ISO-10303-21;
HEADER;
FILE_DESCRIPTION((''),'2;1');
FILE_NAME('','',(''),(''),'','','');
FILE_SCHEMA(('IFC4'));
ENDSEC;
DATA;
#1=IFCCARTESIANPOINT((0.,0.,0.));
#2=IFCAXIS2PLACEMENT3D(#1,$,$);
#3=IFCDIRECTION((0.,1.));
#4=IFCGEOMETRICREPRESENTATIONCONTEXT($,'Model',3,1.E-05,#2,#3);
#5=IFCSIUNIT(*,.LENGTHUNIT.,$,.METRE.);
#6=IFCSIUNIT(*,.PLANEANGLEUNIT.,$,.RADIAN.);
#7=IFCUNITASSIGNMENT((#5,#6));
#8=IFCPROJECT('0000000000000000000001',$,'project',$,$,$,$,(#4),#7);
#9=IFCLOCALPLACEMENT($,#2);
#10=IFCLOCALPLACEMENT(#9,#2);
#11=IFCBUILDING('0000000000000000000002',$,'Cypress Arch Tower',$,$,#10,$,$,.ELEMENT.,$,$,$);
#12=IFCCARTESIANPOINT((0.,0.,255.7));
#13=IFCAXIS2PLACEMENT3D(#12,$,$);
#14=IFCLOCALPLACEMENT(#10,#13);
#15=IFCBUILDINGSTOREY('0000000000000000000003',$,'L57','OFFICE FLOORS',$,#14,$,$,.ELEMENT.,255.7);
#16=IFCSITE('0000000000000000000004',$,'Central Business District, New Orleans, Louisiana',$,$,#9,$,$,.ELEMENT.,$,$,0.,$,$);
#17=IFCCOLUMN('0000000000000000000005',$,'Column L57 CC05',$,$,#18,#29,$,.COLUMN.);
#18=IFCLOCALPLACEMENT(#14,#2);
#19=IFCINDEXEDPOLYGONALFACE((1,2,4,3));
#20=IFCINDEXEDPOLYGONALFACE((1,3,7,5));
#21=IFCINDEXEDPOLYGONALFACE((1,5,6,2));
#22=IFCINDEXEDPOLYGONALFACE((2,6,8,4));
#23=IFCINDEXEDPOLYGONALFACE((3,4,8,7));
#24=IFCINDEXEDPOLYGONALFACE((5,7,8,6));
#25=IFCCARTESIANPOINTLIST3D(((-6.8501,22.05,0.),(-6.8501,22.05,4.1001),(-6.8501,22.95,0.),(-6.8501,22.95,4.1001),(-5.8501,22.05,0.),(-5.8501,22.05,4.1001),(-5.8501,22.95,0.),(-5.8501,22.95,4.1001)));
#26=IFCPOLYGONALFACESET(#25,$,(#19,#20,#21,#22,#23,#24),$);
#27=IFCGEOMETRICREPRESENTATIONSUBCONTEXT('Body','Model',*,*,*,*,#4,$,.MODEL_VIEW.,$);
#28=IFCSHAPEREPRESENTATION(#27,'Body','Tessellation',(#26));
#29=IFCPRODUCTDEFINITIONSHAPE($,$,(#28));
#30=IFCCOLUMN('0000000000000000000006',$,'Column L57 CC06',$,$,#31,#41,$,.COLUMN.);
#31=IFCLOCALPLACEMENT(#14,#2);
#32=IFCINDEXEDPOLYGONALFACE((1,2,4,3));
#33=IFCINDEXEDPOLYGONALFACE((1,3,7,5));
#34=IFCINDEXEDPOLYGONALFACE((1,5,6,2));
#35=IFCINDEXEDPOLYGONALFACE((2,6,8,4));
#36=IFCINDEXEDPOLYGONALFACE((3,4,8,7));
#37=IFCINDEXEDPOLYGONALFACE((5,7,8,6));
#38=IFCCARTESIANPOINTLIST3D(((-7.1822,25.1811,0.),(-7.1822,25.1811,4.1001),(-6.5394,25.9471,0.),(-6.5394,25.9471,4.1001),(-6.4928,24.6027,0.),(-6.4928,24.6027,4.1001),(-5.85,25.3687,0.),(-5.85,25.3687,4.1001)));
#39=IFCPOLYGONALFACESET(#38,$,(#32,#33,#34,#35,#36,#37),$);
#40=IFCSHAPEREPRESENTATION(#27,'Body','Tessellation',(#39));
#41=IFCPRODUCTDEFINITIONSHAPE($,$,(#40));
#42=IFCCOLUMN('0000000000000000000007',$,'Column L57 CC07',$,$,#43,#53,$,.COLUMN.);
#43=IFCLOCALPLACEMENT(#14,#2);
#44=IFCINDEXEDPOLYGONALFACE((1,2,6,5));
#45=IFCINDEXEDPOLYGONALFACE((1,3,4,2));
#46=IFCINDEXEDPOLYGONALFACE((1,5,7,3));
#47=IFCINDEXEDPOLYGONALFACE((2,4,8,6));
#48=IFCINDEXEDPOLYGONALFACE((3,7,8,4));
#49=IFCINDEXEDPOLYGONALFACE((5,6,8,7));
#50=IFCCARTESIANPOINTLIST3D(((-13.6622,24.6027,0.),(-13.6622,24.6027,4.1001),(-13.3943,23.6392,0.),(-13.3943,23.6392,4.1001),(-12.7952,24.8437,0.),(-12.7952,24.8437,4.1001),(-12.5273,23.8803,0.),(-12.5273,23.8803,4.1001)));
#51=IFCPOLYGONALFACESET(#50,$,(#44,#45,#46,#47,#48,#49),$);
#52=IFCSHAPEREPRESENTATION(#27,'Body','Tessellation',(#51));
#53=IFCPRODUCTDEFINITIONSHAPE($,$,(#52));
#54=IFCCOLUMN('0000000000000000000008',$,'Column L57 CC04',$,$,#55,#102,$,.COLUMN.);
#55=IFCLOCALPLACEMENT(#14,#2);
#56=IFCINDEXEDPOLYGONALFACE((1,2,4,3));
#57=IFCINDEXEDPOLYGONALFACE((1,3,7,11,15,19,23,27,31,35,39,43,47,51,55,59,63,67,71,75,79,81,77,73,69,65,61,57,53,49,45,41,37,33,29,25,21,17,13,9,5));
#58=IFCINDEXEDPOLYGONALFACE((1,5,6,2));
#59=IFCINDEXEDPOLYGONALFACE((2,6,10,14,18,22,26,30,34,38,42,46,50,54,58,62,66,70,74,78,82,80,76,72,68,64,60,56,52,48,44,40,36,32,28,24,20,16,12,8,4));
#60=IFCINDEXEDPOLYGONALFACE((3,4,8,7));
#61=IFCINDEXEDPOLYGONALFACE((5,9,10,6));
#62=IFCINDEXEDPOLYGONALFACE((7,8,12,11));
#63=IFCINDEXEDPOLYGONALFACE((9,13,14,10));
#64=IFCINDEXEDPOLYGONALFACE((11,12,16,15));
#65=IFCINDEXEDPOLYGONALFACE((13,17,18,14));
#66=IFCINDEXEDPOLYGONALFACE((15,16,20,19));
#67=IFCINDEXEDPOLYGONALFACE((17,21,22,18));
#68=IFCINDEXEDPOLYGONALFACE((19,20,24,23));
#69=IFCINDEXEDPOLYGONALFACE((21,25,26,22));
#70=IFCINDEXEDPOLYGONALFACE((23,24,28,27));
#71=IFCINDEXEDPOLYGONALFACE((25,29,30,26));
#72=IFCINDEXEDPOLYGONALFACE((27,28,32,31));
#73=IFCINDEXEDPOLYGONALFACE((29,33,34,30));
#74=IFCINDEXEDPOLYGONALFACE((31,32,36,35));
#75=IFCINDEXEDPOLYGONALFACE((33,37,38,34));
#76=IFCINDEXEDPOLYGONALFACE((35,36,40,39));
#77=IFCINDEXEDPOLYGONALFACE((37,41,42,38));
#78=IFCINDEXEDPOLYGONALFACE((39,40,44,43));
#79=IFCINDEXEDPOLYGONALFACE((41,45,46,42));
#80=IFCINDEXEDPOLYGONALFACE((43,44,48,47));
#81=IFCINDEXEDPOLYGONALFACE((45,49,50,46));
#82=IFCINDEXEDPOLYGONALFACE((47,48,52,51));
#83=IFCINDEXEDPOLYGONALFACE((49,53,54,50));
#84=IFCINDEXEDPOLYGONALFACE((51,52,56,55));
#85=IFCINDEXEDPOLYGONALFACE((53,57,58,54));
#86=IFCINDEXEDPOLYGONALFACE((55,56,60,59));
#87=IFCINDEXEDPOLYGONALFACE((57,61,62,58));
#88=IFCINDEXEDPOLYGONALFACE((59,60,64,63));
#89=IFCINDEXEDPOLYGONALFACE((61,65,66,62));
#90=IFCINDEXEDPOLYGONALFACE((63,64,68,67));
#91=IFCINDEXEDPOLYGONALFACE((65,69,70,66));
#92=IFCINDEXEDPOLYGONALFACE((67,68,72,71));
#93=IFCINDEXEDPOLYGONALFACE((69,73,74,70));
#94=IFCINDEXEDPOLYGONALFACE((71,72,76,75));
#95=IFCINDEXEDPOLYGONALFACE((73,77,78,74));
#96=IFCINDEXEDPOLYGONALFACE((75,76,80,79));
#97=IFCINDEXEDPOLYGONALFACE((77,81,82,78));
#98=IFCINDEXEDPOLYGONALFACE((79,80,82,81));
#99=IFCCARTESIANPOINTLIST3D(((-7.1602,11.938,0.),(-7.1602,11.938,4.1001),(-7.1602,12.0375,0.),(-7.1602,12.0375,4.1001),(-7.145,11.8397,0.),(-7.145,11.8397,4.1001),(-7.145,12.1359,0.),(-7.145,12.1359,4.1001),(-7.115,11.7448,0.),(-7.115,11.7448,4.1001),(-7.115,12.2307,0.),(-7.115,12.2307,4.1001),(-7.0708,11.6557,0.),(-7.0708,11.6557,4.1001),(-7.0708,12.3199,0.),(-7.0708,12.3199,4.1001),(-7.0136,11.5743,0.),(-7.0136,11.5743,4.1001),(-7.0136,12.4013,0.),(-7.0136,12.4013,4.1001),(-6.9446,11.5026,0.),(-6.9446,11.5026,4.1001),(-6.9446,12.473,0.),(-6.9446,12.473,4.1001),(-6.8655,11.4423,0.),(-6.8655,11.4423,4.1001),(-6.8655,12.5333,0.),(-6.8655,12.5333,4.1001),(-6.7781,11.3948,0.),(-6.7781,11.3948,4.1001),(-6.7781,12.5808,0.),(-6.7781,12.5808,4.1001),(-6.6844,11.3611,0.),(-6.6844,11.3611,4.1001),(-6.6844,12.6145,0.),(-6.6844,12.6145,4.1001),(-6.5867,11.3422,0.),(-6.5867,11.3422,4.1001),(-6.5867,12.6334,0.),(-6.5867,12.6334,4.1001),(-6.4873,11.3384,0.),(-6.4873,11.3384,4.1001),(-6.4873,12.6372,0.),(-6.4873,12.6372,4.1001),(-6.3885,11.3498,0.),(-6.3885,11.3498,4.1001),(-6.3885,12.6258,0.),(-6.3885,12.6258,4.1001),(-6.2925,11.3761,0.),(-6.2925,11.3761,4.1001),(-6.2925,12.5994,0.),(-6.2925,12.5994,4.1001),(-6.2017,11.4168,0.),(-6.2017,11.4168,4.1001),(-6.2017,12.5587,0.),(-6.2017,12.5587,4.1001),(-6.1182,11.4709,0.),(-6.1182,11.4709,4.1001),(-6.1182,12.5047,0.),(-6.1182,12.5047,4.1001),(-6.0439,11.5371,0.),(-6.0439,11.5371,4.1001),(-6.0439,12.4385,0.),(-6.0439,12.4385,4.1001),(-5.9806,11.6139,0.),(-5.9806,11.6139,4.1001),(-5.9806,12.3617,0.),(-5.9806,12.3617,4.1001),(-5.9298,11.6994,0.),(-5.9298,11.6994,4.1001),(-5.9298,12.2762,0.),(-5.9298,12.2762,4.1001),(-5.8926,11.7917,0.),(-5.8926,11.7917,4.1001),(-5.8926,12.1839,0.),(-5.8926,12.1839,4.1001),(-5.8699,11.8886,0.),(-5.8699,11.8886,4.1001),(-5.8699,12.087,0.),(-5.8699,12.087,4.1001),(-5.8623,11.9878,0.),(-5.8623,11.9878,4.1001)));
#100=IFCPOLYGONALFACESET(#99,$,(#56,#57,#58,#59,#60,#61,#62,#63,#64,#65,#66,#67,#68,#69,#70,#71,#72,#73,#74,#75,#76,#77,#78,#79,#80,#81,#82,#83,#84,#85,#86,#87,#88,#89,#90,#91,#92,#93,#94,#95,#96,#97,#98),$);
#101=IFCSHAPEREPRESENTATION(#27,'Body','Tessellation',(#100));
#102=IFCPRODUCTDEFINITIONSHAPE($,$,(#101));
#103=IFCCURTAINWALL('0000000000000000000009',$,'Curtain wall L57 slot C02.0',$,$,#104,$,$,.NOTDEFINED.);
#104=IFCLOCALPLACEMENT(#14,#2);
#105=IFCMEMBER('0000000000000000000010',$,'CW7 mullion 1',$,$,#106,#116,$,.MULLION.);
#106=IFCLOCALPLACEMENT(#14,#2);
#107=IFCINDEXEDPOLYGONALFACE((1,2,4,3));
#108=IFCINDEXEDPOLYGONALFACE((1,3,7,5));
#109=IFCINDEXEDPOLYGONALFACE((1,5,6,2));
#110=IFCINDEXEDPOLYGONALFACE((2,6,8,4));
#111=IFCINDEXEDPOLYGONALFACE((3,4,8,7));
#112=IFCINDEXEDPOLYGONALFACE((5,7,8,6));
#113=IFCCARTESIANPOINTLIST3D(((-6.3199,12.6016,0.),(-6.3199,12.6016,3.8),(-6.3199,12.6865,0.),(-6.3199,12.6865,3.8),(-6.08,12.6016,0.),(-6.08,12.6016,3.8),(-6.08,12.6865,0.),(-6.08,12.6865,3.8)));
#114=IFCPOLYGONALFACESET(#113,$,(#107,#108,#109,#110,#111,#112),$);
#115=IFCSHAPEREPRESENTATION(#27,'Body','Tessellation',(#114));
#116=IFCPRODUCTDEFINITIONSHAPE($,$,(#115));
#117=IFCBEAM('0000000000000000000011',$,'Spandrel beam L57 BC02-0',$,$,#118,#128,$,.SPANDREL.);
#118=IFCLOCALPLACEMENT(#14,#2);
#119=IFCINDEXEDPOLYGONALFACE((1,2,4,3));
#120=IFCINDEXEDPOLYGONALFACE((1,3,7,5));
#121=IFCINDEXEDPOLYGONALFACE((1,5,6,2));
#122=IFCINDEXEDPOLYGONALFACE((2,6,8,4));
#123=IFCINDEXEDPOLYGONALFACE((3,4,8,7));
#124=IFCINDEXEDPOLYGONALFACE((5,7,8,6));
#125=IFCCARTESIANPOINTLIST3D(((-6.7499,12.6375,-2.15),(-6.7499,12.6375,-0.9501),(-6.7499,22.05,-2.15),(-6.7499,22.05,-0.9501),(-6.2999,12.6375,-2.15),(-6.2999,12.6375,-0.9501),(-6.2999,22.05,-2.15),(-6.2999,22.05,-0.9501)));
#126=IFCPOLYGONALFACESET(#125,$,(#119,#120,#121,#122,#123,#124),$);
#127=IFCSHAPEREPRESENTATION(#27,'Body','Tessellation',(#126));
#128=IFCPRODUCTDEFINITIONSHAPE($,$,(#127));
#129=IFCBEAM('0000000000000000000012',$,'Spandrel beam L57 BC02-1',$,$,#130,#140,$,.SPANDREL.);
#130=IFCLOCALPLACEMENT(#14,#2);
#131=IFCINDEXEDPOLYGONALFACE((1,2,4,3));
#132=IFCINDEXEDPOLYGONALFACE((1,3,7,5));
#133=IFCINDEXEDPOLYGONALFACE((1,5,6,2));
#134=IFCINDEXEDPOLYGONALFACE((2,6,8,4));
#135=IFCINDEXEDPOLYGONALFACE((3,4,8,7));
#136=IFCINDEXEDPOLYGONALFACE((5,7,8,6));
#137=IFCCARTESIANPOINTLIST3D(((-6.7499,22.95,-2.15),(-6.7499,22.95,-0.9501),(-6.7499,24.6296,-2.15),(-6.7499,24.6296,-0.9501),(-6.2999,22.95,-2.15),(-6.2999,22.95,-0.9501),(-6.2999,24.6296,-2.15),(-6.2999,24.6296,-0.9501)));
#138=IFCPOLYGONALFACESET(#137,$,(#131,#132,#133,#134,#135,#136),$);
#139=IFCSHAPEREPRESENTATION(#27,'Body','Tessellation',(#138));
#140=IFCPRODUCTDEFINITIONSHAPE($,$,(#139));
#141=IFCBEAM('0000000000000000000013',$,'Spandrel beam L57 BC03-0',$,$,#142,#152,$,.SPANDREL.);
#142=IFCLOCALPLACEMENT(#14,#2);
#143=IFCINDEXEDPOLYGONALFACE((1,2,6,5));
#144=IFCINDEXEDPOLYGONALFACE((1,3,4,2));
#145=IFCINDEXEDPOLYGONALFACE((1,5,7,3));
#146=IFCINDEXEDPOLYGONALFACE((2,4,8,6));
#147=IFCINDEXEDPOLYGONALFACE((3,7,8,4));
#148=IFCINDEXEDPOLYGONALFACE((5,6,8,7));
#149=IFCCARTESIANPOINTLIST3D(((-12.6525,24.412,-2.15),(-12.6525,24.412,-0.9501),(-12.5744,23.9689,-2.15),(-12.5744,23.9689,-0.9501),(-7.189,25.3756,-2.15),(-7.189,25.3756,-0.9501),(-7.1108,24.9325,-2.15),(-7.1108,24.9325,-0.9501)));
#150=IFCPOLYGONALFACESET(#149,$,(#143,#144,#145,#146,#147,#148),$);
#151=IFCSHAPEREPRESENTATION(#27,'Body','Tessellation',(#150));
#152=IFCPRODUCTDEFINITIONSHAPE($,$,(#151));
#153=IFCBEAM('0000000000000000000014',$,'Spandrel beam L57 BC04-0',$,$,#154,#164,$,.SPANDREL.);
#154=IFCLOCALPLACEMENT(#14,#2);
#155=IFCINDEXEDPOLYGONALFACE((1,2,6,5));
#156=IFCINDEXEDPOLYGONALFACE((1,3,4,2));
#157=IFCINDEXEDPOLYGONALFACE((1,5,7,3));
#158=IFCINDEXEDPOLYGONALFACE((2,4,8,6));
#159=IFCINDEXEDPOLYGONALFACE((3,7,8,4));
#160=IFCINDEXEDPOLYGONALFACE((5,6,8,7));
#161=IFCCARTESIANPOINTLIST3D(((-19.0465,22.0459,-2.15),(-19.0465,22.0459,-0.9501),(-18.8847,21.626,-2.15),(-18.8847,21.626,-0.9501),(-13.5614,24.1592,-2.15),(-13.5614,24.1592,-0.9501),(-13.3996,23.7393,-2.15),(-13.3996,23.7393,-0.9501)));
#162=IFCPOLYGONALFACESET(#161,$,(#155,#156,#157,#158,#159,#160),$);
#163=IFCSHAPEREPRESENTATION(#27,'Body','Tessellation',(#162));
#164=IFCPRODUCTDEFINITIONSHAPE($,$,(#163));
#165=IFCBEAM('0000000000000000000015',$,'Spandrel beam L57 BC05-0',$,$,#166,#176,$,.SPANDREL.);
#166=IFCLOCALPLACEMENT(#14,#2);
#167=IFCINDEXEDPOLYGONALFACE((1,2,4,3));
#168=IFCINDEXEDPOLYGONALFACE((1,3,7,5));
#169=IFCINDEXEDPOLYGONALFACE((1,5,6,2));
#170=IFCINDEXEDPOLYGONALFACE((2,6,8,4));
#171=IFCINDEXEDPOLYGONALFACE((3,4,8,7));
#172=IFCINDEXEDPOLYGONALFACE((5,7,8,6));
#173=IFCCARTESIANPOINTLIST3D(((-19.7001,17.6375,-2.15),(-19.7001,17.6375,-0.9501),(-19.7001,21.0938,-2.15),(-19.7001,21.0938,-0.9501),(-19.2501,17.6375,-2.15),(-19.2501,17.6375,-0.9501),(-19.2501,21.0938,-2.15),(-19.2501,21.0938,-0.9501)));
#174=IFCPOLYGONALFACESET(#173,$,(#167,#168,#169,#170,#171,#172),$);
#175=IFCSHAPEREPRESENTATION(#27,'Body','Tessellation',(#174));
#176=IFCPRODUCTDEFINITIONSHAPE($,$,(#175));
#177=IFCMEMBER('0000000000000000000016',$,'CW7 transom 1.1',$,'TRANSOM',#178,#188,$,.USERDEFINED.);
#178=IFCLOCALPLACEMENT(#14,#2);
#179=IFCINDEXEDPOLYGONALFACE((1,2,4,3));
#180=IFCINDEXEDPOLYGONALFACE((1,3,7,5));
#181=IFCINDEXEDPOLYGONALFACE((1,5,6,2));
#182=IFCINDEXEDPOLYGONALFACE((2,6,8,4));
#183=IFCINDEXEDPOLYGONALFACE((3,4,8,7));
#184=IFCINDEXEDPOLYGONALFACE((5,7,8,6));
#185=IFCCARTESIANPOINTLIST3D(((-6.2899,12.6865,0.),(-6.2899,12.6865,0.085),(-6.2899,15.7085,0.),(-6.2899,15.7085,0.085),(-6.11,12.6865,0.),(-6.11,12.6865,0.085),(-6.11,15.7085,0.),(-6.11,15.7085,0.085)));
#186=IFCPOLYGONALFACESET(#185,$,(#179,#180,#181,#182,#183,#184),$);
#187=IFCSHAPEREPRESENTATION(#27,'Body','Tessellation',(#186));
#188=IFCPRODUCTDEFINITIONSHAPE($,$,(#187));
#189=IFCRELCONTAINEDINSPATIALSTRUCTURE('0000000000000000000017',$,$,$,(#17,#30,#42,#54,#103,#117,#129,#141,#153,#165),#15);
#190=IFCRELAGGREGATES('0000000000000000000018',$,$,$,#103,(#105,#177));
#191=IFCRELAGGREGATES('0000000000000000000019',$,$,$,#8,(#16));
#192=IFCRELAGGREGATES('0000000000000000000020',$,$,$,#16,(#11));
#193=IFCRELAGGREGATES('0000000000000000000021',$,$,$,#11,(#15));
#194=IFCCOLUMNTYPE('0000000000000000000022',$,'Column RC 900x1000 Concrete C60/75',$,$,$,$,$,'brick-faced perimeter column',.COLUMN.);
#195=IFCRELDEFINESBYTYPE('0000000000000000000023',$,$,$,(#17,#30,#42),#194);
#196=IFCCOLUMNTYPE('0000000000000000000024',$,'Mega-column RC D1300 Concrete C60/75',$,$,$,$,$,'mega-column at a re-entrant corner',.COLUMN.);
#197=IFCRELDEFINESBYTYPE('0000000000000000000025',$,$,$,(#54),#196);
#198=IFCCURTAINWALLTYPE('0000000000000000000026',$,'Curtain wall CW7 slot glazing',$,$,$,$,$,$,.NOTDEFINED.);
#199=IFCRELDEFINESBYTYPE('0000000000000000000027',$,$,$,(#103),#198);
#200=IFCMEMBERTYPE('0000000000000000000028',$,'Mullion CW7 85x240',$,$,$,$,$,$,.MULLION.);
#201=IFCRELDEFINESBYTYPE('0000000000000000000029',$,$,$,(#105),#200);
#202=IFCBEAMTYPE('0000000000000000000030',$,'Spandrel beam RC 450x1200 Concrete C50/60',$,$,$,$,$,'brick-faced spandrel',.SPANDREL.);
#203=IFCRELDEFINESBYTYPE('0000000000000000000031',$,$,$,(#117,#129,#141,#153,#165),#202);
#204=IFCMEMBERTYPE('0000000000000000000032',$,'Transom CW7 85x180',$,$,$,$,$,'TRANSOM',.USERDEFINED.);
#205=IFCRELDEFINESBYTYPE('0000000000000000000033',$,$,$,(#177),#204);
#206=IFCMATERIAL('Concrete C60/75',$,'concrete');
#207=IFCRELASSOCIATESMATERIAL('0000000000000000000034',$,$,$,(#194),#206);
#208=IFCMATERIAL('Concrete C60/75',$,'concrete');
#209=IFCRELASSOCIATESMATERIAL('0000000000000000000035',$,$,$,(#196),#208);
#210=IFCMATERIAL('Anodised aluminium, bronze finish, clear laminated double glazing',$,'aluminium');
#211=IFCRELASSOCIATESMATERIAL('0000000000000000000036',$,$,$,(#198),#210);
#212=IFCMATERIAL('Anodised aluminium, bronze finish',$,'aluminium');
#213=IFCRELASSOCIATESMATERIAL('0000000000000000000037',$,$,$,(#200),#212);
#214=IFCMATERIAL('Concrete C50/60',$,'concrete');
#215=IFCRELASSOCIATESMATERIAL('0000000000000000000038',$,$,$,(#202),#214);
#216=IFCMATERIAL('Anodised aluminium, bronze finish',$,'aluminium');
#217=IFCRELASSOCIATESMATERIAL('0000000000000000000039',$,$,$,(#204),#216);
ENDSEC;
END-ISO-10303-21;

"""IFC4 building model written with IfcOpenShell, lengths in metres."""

from ifc_helpers import new_model, si_unit, direction, frame, origin, origin_2d, place, context, subcontext, project, spatial, rectangle, circle, extrude, material, material_profile, profile_set, type_object, element, aggregate, save


model = new_model("IFC4")

# Units and contexts
model_context = context("Model", 3, precision=1e-05, world=origin(), true_north=direction((0.0, 1.0)))
body_context = subcontext(model_context, "Body", "Model", "MODEL_VIEW")
ifc_project = project(units=[si_unit("LENGTHUNIT", "METRE"), si_unit("PLANEANGLEUNIT", "RADIAN")], contexts=[model_context])

# Site, building, storey
site_placement = place(None, origin())
site = spatial("IfcSite", under=ifc_project, at=site_placement, Name="Central Business District, New Orleans, Louisiana", CompositionType="ELEMENT", RefElevation=0.0)
building_placement = place(site_placement, origin())
building = spatial("IfcBuilding", under=site, at=building_placement, Name="Cypress Arch Tower", CompositionType="ELEMENT")
storey_placement = place(building_placement, frame((0.0, 0.0, 255.7)))
storey = spatial("IfcBuildingStorey", under=building, at=storey_placement, Name="L57", Description="OFFICE FLOORS", CompositionType="ELEMENT", Elevation=255.7)

# Columns
ifc_material_1 = material(Name="Concrete C60/75", Category="concrete")
ifc_material_profile_1 = material_profile(ifc_material_1, rectangle(XDim=0.8999, YDim=1.0, at=origin_2d()), Name="RC 900x1000")
ifc_profile_set_1 = profile_set([ifc_material_profile_1], Name="Concrete C60/75")
column_type_1 = type_object("IfcColumnType", Name="Column RC 900x1000 Concrete C60/75", ElementType="brick-faced perimeter column", PredefinedType="COLUMN", material=ifc_profile_set_1)
for number, where, z_axis, x_axis, name in (
    (1, (-6.3501, 22.5, 0.0), (0.0, 0.0, 1.0), (0.0, 1.0, 0.0), "Column L57 CC05"),
    (2, (-6.5161, 25.2749, 0.0), (0.0, 0.0, 1.0), (-0.766064, 0.642765, 0.0), "Column L57 CC06"),
    (3, (-13.0947, 24.2415, 0.0), (0.0, 0.0, 1.0), (-0.963456, -0.267868, 0.0), "Column L57 CC07"),
):
    element("IfcColumn", number, at=place(storey_placement, frame(where, z_axis=z_axis, x_axis=x_axis)), inside=storey, type_object=column_type_1, Name=name, PredefinedType="COLUMN", context=body_context, shape_type="SweptSolid", body=[
        extrude(rectangle(XDim=0.8999, YDim=1.0, at=origin_2d()), origin(), (0.0, 0.0, 1.0), 4.1001),
    ])
ifc_material_2 = material(Name="Concrete C60/75", Category="concrete")
ifc_material_profile_2 = material_profile(ifc_material_2, circle(Radius=0.6499, at=origin_2d()), Name="RC D1300")
ifc_profile_set_2 = profile_set([ifc_material_profile_2], Name="Concrete C60/75")
column_type_2 = type_object("IfcColumnType", Name="Mega-column RC D1300 Concrete C60/75", ElementType="mega-column at a re-entrant corner", PredefinedType="COLUMN", material=ifc_profile_set_2)
column_placement = place(storey_placement, frame((-6.5122, 11.9878, 0.0), z_axis=(0.0, 0.0, 1.0), x_axis=(1.0, 0.0, 0.0)))
element("IfcColumn", 4, at=column_placement, inside=storey, type_object=column_type_2, Name="Column L57 CC04", PredefinedType="COLUMN", context=body_context, shape_type="SweptSolid", body=[
    extrude(circle(Radius=0.6499, at=origin_2d()), origin(), (0.0, 0.0, 1.0), 4.1001),
])

# Curtain wall, member
ifc_material_3 = material(Name="Anodised aluminium, bronze finish, clear laminated double glazing", Category="aluminium")
curtain_wall_type = type_object("IfcCurtainWallType", Name="Curtain wall CW7 slot glazing", PredefinedType="NOTDEFINED", material=ifc_material_3)
curtain_wall_placement = place(storey_placement, origin())
curtain_wall = element("IfcCurtainWall", 5, at=curtain_wall_placement, inside=storey, type_object=curtain_wall_type, Name="Curtain wall L57 slot C02.0", PredefinedType="NOTDEFINED")
ifc_material_4 = material(Name="Anodised aluminium, bronze finish", Category="aluminium")
ifc_material_profile_3 = material_profile(ifc_material_4, rectangle(XDim=0.24, YDim=0.085, at=origin_2d()), Name="Mullion 85x240")
ifc_profile_set_3 = profile_set([ifc_material_profile_3], Name="Anodised aluminium, bronze finish")
member_type_1 = type_object("IfcMemberType", Name="Mullion CW7 85x240", PredefinedType="MULLION", material=ifc_profile_set_3)
member_1_placement = place(storey_placement, frame((-6.2, 12.644, 0.0), z_axis=(0.0, 0.0, 1.0), x_axis=(-1.0, 0.0, 0.0)))
member_1 = element("IfcMember", 6, at=member_1_placement, type_object=member_type_1, Name="CW7 mullion 1", PredefinedType="MULLION", context=body_context, shape_type="SweptSolid", body=[
    extrude(rectangle(XDim=0.24, YDim=0.085, at=origin_2d()), origin(), (0.0, 0.0, 1.0), 3.8),
])

# Beams
ifc_material_5 = material(Name="Concrete C50/60", Category="concrete")
ifc_material_profile_4 = material_profile(ifc_material_5, rectangle(XDim=0.45, YDim=1.2, at=origin_2d()), Name="RC 450x1200")
ifc_profile_set_4 = profile_set([ifc_material_profile_4], Name="Concrete C50/60")
beam_type = type_object("IfcBeamType", Name="Spandrel beam RC 450x1200 Concrete C50/60", ElementType="brick-faced spandrel", PredefinedType="SPANDREL", material=ifc_profile_set_4)
beam_1_placement = place(storey_placement, frame((-6.5249, 12.6375, -1.55), z_axis=(0.0, 1.0, 0.0), x_axis=(-1.0, 0.0, 0.0)))
element("IfcBeam", 7, at=beam_1_placement, inside=storey, type_object=beam_type, Name="Spandrel beam L57 BC02-0", PredefinedType="SPANDREL", context=body_context, shape_type="SweptSolid", body=[
    extrude(rectangle(XDim=0.45, YDim=1.2, at=origin_2d()), origin(), (0.0, 0.0, 1.0), 9.4126),
])
beam_2_placement = place(storey_placement, frame((-6.5249, 22.95, -1.55), z_axis=(0.0, 1.0, 0.0), x_axis=(-1.0, 0.0, 0.0)))
element("IfcBeam", 8, at=beam_2_placement, inside=storey, type_object=beam_type, Name="Spandrel beam L57 BC02-1", PredefinedType="SPANDREL", context=body_context, shape_type="SweptSolid", body=[
    extrude(rectangle(XDim=0.45, YDim=1.2, at=origin_2d()), origin(), (0.0, 0.0, 1.0), 1.6797),
])
beam_3_placement = place(storey_placement, frame((-7.1499, 25.1541, -1.55), z_axis=(-0.9848, -0.17369, 0.0), x_axis=(0.17369, -0.9848, 0.0)))
element("IfcBeam", 9, at=beam_3_placement, inside=storey, type_object=beam_type, Name="Spandrel beam L57 BC03-0", PredefinedType="SPANDREL", context=body_context, shape_type="SweptSolid", body=[
    extrude(rectangle(XDim=0.45, YDim=1.2, at=origin_2d()), origin(), (0.0, 0.0, 1.0), 5.5479),
])
beam_4_placement = place(storey_placement, frame((-13.4805, 23.9492, -1.55), z_axis=(-0.933139, -0.359516, 0.0), x_axis=(0.359516, -0.933139, 0.0)))
element("IfcBeam", 10, at=beam_4_placement, inside=storey, type_object=beam_type, Name="Spandrel beam L57 BC04-0", PredefinedType="SPANDREL", context=body_context, shape_type="SweptSolid", body=[
    extrude(rectangle(XDim=0.45, YDim=1.2, at=origin_2d()), origin(), (0.0, 0.0, 1.0), 5.8782),
])
beam_5_placement = place(storey_placement, frame((-19.4751, 21.0938, -1.55), z_axis=(0.0, -1.0, 0.0), x_axis=(1.0, 0.0, 0.0)))
element("IfcBeam", 11, at=beam_5_placement, inside=storey, type_object=beam_type, Name="Spandrel beam L57 BC05-0", PredefinedType="SPANDREL", context=body_context, shape_type="SweptSolid", body=[
    extrude(rectangle(XDim=0.45, YDim=1.2, at=origin_2d()), origin(), (0.0, 0.0, 1.0), 3.4563),
])

# Member
ifc_material_6 = material(Name="Anodised aluminium, bronze finish", Category="aluminium")
ifc_material_profile_5 = material_profile(ifc_material_6, rectangle(XDim=0.1799, YDim=0.085, at=origin_2d()), Name="Transom 85x180")
ifc_profile_set_5 = profile_set([ifc_material_profile_5], Name="Anodised aluminium, bronze finish")
member_type_2 = type_object("IfcMemberType", Name="Transom CW7 85x180", ElementType="TRANSOM", PredefinedType="USERDEFINED", material=ifc_profile_set_5)
member_2_placement = place(storey_placement, frame((-6.2, 12.6865, 0.0425), z_axis=(0.0, 1.0, 0.0), x_axis=(-1.0, 0.0, 0.0)))
member_2 = element("IfcMember", 12, at=member_2_placement, type_object=member_type_2, Name="CW7 transom 1.1", ObjectType="TRANSOM", PredefinedType="USERDEFINED", context=body_context, shape_type="SweptSolid", body=[
    extrude(rectangle(XDim=0.1799, YDim=0.085, at=origin_2d()), origin(), (0.0, 0.0, 1.0), 3.022),
])
aggregate(curtain_wall, [member_1, member_2])

save(model, "model.ifc")
